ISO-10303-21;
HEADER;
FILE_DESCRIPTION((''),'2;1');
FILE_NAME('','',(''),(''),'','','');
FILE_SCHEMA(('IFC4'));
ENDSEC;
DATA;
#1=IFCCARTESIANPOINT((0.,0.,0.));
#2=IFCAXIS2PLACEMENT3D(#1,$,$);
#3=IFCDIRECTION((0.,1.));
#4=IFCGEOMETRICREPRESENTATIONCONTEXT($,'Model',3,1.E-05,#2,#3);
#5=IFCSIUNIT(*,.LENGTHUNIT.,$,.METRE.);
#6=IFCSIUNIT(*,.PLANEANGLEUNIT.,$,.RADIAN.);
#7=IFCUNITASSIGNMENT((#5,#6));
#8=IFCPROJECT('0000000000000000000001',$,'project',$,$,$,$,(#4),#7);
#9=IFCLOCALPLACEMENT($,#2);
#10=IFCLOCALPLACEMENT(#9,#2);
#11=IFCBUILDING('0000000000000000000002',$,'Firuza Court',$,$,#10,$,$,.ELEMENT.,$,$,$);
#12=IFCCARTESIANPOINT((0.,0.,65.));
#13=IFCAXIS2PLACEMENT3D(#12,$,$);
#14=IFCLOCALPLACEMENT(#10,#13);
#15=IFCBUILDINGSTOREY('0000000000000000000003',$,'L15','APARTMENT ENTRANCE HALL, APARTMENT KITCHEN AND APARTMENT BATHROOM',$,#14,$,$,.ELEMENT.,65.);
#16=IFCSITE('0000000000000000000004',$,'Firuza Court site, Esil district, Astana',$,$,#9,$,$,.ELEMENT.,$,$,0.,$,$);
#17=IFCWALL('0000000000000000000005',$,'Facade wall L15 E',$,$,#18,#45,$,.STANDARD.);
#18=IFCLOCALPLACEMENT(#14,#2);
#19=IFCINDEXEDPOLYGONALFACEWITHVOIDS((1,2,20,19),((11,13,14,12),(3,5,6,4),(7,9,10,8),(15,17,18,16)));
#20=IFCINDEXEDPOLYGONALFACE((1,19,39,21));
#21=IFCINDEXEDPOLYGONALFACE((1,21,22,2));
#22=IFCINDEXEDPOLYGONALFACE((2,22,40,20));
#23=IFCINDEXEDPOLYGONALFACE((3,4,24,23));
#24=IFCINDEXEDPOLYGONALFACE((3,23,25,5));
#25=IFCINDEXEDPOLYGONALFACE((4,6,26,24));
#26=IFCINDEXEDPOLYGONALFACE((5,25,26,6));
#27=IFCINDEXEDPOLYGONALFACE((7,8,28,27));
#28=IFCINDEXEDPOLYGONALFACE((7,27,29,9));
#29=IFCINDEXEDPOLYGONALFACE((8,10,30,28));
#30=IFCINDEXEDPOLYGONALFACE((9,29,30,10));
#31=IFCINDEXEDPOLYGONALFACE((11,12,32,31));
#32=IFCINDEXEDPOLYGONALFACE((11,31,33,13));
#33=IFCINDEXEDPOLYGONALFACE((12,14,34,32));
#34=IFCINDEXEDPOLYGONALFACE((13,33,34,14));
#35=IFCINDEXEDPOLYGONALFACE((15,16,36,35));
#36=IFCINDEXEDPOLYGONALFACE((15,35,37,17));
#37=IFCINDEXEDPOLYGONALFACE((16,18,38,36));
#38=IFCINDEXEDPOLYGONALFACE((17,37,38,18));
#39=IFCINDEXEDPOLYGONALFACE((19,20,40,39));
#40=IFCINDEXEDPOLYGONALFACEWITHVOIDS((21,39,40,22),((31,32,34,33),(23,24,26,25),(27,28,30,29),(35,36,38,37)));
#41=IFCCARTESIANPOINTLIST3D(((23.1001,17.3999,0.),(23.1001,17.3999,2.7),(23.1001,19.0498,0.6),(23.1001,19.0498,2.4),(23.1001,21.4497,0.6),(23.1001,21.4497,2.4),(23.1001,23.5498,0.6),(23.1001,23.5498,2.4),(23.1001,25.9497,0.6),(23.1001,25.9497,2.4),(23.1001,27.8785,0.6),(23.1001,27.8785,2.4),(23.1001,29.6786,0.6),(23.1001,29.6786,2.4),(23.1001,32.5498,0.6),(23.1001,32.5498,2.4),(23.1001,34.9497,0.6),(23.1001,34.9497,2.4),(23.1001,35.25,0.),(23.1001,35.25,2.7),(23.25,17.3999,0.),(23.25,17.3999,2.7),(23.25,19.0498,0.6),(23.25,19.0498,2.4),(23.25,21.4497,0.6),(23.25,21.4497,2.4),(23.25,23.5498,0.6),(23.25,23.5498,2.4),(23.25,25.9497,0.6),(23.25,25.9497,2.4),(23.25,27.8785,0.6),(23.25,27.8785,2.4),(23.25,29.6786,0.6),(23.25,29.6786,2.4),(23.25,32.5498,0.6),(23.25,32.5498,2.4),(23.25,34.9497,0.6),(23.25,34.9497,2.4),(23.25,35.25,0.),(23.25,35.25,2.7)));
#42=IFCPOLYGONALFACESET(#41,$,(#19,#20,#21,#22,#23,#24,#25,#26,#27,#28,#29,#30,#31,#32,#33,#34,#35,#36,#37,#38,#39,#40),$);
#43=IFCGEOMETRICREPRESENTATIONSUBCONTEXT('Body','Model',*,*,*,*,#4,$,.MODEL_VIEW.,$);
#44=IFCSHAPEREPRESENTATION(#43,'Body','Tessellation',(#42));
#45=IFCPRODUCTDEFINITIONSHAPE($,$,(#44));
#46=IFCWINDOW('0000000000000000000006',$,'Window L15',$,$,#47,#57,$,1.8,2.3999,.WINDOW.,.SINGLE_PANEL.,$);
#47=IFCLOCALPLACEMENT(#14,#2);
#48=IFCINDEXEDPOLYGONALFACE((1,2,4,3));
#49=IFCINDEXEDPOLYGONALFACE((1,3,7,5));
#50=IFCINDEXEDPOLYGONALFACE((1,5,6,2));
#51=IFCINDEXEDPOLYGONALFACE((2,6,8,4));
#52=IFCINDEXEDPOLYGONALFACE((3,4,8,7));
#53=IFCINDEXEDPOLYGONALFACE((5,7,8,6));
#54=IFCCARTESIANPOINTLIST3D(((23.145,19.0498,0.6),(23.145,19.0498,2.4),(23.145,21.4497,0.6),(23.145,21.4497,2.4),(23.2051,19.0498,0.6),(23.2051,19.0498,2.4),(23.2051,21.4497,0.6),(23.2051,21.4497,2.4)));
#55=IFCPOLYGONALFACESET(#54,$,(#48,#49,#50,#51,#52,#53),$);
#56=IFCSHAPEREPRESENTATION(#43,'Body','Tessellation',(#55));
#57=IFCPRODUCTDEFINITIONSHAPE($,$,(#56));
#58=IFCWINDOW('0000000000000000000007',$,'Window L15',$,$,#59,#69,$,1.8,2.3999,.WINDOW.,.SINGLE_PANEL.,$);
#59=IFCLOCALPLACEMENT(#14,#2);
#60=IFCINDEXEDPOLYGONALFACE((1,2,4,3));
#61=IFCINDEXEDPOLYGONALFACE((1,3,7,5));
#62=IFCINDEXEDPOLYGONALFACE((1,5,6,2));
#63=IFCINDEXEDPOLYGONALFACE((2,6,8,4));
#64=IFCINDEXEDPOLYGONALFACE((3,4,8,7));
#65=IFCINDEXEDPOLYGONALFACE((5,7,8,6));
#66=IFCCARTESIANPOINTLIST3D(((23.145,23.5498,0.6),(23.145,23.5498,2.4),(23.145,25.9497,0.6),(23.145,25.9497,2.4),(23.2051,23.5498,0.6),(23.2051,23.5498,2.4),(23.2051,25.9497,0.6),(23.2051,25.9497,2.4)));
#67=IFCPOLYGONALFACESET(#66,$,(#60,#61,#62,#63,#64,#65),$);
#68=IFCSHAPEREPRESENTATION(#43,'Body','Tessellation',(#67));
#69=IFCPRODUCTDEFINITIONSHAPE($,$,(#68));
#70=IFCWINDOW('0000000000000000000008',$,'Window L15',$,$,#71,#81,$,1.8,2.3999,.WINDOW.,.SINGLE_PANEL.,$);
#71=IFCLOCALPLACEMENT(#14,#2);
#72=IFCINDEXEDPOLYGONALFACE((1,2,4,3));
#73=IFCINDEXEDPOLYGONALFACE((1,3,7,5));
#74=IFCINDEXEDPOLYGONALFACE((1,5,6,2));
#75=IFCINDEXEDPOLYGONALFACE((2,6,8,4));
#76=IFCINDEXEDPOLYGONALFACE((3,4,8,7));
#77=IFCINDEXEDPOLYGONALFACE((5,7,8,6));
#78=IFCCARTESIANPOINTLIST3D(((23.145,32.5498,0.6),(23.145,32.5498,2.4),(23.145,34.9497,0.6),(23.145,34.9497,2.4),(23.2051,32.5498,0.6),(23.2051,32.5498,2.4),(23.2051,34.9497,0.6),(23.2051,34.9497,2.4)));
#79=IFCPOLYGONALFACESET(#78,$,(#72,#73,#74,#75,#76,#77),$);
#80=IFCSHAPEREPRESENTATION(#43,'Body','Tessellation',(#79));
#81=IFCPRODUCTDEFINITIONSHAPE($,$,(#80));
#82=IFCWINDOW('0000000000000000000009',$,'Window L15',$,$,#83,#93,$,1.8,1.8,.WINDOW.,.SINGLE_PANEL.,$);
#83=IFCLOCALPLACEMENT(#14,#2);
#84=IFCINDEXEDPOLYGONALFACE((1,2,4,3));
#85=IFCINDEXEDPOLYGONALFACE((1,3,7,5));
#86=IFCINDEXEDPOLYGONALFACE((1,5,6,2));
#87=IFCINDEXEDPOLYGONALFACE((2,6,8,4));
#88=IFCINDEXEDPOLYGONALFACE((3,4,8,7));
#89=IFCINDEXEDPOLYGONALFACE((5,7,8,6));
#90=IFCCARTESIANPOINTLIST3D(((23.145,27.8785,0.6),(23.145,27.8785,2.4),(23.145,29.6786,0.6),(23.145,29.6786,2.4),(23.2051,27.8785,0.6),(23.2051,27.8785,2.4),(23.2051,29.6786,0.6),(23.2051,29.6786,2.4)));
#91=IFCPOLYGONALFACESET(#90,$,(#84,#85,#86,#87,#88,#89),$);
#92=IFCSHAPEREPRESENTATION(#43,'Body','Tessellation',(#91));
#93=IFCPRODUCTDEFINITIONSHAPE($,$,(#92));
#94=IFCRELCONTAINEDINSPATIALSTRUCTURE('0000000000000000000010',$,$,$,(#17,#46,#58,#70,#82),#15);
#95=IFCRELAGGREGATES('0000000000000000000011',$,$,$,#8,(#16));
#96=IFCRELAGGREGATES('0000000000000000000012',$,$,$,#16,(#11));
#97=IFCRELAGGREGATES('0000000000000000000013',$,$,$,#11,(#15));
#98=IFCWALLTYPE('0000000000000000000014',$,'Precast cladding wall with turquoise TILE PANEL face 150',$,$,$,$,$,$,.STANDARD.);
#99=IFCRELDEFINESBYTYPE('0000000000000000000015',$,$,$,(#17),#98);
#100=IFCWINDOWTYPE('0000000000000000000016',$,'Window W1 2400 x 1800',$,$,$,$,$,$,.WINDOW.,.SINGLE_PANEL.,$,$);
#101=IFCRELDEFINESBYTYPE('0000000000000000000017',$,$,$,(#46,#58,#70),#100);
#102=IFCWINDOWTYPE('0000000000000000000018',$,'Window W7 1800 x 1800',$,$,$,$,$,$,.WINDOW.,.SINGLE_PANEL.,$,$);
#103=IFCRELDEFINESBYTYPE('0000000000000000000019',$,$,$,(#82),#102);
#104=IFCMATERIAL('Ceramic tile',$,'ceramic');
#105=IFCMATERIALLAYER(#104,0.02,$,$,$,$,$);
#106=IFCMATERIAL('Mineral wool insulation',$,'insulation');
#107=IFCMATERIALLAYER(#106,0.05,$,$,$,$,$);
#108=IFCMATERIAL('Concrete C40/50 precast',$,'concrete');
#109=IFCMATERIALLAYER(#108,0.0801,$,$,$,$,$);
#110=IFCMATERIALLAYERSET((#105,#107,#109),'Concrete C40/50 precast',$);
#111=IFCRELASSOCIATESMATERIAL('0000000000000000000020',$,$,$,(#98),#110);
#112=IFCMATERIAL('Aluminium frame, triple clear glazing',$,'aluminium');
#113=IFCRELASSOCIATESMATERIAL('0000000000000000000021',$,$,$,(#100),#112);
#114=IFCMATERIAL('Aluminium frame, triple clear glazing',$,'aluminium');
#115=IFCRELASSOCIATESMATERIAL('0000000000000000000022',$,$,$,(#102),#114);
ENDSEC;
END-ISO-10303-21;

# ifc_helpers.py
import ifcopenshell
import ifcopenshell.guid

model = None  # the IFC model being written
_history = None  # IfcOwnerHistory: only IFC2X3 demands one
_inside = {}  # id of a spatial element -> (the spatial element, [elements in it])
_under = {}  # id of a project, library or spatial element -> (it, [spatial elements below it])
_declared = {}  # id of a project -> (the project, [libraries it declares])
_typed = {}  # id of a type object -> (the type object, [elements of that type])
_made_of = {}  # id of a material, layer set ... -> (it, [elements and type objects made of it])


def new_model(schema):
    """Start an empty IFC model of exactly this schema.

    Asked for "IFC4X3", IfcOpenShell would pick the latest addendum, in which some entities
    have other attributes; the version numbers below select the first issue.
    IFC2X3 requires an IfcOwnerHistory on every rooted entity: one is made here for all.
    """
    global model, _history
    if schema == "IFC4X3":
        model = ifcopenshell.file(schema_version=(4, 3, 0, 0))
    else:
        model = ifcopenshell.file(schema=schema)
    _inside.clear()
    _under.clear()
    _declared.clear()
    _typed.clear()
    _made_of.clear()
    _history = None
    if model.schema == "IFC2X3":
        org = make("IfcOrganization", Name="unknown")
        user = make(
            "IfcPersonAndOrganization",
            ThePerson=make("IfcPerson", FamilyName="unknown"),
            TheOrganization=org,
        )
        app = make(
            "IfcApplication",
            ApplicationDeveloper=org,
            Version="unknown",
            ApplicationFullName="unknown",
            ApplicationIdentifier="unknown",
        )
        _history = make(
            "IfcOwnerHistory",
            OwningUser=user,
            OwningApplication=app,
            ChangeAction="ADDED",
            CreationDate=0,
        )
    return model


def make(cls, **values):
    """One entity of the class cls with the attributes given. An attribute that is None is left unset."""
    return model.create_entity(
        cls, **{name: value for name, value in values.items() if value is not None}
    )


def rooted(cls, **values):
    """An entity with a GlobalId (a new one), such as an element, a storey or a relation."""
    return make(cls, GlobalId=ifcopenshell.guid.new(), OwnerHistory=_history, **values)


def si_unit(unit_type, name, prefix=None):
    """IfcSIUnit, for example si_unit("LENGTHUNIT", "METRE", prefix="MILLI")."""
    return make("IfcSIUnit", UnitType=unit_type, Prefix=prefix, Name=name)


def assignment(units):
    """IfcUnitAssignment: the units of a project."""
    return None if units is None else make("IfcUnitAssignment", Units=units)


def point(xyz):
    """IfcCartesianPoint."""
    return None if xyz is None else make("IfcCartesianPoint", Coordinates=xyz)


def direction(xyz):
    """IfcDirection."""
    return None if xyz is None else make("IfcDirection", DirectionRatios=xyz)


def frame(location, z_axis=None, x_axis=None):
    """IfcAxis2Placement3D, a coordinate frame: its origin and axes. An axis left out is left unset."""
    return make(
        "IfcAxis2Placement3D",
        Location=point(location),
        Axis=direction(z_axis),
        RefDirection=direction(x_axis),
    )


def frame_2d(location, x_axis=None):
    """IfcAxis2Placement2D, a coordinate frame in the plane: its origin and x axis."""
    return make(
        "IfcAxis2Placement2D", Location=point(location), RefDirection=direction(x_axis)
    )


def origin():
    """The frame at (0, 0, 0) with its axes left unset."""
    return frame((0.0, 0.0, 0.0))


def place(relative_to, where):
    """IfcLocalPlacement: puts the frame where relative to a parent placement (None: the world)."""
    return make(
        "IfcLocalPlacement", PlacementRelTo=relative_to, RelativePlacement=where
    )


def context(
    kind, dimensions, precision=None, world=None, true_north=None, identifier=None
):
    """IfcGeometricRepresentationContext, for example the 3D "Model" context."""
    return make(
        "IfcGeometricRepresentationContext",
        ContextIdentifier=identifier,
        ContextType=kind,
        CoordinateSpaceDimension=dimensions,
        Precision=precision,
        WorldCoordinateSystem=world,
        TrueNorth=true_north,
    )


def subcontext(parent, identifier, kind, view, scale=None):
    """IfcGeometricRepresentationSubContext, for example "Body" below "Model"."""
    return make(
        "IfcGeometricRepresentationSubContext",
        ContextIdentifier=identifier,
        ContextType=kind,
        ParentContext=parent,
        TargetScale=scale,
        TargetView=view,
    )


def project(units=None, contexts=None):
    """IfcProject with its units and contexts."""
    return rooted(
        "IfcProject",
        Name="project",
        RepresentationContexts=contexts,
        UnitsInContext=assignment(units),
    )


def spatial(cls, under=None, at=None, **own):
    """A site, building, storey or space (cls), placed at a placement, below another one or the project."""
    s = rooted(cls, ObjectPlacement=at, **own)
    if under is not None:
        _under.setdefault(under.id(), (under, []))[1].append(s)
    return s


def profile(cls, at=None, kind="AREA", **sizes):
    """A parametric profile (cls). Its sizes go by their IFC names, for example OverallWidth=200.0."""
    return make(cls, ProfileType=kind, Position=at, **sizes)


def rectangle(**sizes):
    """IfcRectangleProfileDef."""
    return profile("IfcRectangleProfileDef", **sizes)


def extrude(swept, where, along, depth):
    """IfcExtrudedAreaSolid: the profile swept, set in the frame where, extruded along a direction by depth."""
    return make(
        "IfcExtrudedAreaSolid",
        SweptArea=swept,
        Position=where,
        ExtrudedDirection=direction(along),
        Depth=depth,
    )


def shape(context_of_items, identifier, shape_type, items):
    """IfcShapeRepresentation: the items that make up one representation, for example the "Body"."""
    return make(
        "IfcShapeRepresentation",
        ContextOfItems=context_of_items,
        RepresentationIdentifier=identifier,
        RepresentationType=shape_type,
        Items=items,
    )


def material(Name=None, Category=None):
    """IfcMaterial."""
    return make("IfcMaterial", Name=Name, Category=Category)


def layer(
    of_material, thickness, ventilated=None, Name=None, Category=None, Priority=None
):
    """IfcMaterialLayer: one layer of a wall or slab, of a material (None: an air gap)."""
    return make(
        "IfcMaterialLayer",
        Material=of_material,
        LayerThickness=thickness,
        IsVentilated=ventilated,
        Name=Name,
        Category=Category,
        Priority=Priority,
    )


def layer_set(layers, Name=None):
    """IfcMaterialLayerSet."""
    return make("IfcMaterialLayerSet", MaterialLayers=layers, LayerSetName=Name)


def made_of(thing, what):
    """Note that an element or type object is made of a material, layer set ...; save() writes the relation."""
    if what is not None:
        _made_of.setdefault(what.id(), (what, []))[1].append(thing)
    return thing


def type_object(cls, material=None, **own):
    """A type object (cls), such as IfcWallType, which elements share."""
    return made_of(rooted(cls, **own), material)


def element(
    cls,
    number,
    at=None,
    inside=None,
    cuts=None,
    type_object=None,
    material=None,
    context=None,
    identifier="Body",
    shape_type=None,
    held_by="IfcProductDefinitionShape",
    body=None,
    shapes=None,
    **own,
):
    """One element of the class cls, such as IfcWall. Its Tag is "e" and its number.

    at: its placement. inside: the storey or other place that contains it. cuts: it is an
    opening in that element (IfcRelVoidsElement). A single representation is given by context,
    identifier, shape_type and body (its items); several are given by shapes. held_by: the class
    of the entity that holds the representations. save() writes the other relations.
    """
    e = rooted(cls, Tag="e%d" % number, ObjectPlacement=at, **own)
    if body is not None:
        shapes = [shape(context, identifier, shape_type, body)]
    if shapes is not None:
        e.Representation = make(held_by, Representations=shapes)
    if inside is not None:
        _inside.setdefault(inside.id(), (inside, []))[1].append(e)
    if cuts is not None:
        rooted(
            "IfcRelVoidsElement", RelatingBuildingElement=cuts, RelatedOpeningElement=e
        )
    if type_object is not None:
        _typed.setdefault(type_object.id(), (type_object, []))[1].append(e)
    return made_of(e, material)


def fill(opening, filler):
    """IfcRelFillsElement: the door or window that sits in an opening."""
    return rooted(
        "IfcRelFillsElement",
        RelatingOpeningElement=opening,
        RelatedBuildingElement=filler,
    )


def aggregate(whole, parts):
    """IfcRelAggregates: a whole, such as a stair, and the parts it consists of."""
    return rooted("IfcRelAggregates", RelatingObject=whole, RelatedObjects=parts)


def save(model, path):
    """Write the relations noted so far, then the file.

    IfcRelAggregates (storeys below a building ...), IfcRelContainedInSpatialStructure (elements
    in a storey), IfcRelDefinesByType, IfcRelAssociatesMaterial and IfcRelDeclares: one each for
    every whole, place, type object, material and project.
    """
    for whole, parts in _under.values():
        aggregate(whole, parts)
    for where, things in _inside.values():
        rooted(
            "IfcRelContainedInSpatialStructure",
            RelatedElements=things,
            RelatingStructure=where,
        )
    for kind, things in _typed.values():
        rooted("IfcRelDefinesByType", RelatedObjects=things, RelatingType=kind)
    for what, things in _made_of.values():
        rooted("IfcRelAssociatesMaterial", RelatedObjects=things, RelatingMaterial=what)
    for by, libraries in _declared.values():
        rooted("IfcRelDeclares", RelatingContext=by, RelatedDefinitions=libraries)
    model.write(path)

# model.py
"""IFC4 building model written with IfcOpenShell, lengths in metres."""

from ifc_helpers import new_model, si_unit, direction, frame, frame_2d, origin, place, context, subcontext, project, spatial, rectangle, extrude, material, layer, layer_set, type_object, element, fill, save


model = new_model("IFC4")

# Units and contexts
model_context = context("Model", 3, precision=1e-05, world=origin(), true_north=direction((0.0, 1.0)))
body_context = subcontext(model_context, "Body", "Model", "MODEL_VIEW")
ifc_project = project(units=[si_unit("LENGTHUNIT", "METRE"), si_unit("PLANEANGLEUNIT", "RADIAN")], contexts=[model_context])

# Site, building, storey
site_placement = place(None, origin())
site = spatial("IfcSite", under=ifc_project, at=site_placement, Name="Firuza Court site, Esil district, Astana", CompositionType="ELEMENT", RefElevation=0.0)
building_placement = place(site_placement, origin())
building = spatial("IfcBuilding", under=site, at=building_placement, Name="Firuza Court", CompositionType="ELEMENT")
storey_placement = place(building_placement, frame((0.0, 0.0, 65.0)))
storey = spatial("IfcBuildingStorey", under=building, at=storey_placement, Name="L15", Description="APARTMENT ENTRANCE HALL, APARTMENT KITCHEN AND APARTMENT BATHROOM", CompositionType="ELEMENT", Elevation=65.0)

# Wall, openings, windows
ifc_material_1 = material(Name="Ceramic tile", Category="ceramic")
ifc_layer_1 = layer(ifc_material_1, 0.02)
ifc_material_2 = material(Name="Mineral wool insulation", Category="insulation")
ifc_layer_2 = layer(ifc_material_2, 0.05)
ifc_material_3 = material(Name="Concrete C40/50 precast", Category="concrete")
ifc_layer_3 = layer(ifc_material_3, 0.0801)
ifc_layer_set = layer_set([ifc_layer_1, ifc_layer_2, ifc_layer_3], Name="Concrete C40/50 precast")
wall_type = type_object("IfcWallType", Name="Precast cladding wall with turquoise TILE PANEL face 150", PredefinedType="STANDARD", material=ifc_layer_set)
wall_1_placement = place(storey_placement, frame((23.175, 17.3999, 0.0), z_axis=(0.0, 0.0, 1.0), x_axis=(0.0, 1.0, 0.0)))
wall_1 = element("IfcWall", 1, at=wall_1_placement, inside=storey, type_object=wall_type, Name="Facade wall L15 E", PredefinedType="STANDARD", context=body_context, shape_type="SweptSolid", body=[
    extrude(rectangle(XDim=17.8501, YDim=0.1499, at=frame_2d((8.925, 0.0))), origin(), (0.0, 0.0, 1.0), 2.7),
])
opening_1_placement = place(wall_1_placement, frame((1.6499, 0.0, 0.6001)))
opening_1 = element("IfcOpeningElement", 2, at=opening_1_placement, cuts=wall_1, PredefinedType="OPENING", context=body_context, shape_type="SweptSolid", body=[
    extrude(rectangle(XDim=2.3999, YDim=1.8, at=frame_2d((1.2, 0.8999))), frame((0.0, 0.0869, 0.0), z_axis=(0.0, -1.0, 0.0), x_axis=(1.0, 0.0, 0.0)), (0.0, 0.0, 1.0), 0.1738),
])
opening_2_placement = place(wall_1_placement, frame((6.1499, 0.0, 0.6001)))
opening_2 = element("IfcOpeningElement", 3, at=opening_2_placement, cuts=wall_1, PredefinedType="OPENING", context=body_context, shape_type="SweptSolid", body=[
    extrude(rectangle(XDim=2.3999, YDim=1.8, at=frame_2d((1.2, 0.8999))), frame((0.0, 0.0869, 0.0), z_axis=(0.0, -1.0, 0.0), x_axis=(1.0, 0.0, 0.0)), (0.0, 0.0, 1.0), 0.1738),
])
opening_3_placement = place(wall_1_placement, frame((10.4788, 0.0, 0.6001)))
opening_3 = element("IfcOpeningElement", 4, at=opening_3_placement, cuts=wall_1, PredefinedType="OPENING", context=body_context, shape_type="SweptSolid", body=[
    extrude(rectangle(XDim=1.8, YDim=1.8, at=frame_2d((0.8999, 0.8999))), frame((0.0, 0.0869, 0.0), z_axis=(0.0, -1.0, 0.0), x_axis=(1.0, 0.0, 0.0)), (0.0, 0.0, 1.0), 0.1738),
])
opening_4_placement = place(wall_1_placement, frame((15.1499, 0.0, 0.6001)))
opening_4 = element("IfcOpeningElement", 5, at=opening_4_placement, cuts=wall_1, PredefinedType="OPENING", context=body_context, shape_type="SweptSolid", body=[
    extrude(rectangle(XDim=2.3999, YDim=1.8, at=frame_2d((1.2, 0.8999))), frame((0.0, 0.0869, 0.0), z_axis=(0.0, -1.0, 0.0), x_axis=(1.0, 0.0, 0.0)), (0.0, 0.0, 1.0), 0.1738),
])
ifc_material_4 = material(Name="Aluminium frame, triple clear glazing", Category="aluminium")
window_type_1 = type_object("IfcWindowType", Name="Window W1 2400 x 1800", PartitioningType="SINGLE_PANEL", PredefinedType="WINDOW", material=ifc_material_4)
window_1_placement = place(opening_1_placement, origin())
window_1 = element("IfcWindow", 6, at=window_1_placement, inside=storey, type_object=window_type_1, Name="Window L15", OverallHeight=1.8, OverallWidth=2.3999, PartitioningType="SINGLE_PANEL", PredefinedType="WINDOW", context=body_context, shape_type="SweptSolid", body=[
    extrude(rectangle(XDim=2.3999, YDim=1.8, at=frame_2d((1.2, 0.8999))), frame((0.0, 0.03, 0.0), z_axis=(0.0, -1.0, 0.0), x_axis=(1.0, 0.0, 0.0)), (0.0, 0.0, 1.0), 0.0601),
])
fill(opening_1, window_1)
window_2_placement = place(opening_2_placement, origin())
window_2 = element("IfcWindow", 7, at=window_2_placement, inside=storey, type_object=window_type_1, Name="Window L15", OverallHeight=1.8, OverallWidth=2.3999, PartitioningType="SINGLE_PANEL", PredefinedType="WINDOW", context=body_context, shape_type="SweptSolid", body=[
    extrude(rectangle(XDim=2.3999, YDim=1.8, at=frame_2d((1.2, 0.8999))), frame((0.0, 0.03, 0.0), z_axis=(0.0, -1.0, 0.0), x_axis=(1.0, 0.0, 0.0)), (0.0, 0.0, 1.0), 0.0601),
])
fill(opening_2, window_2)
window_3_placement = place(opening_4_placement, origin())
window_3 = element("IfcWindow", 8, at=window_3_placement, inside=storey, type_object=window_type_1, Name="Window L15", OverallHeight=1.8, OverallWidth=2.3999, PartitioningType="SINGLE_PANEL", PredefinedType="WINDOW", context=body_context, shape_type="SweptSolid", body=[
    extrude(rectangle(XDim=2.3999, YDim=1.8, at=frame_2d((1.2, 0.8999))), frame((0.0, 0.03, 0.0), z_axis=(0.0, -1.0, 0.0), x_axis=(1.0, 0.0, 0.0)), (0.0, 0.0, 1.0), 0.0601),
])
fill(opening_4, window_3)
ifc_material_5 = material(Name="Aluminium frame, triple clear glazing", Category="aluminium")
window_type_2 = type_object("IfcWindowType", Name="Window W7 1800 x 1800", PartitioningType="SINGLE_PANEL", PredefinedType="WINDOW", material=ifc_material_5)
window_4_placement = place(opening_3_placement, origin())
window_4 = element("IfcWindow", 9, at=window_4_placement, inside=storey, type_object=window_type_2, Name="Window L15", OverallHeight=1.8, OverallWidth=1.8, PartitioningType="SINGLE_PANEL", PredefinedType="WINDOW", context=body_context, shape_type="SweptSolid", body=[
    extrude(rectangle(XDim=1.8, YDim=1.8, at=frame_2d((0.8999, 0.8999))), frame((0.0, 0.03, 0.0), z_axis=(0.0, -1.0, 0.0), x_axis=(1.0, 0.0, 0.0)), (0.0, 0.0, 1.0), 0.0601),
])
fill(opening_3, window_4)

save(model, "model.ifc")
